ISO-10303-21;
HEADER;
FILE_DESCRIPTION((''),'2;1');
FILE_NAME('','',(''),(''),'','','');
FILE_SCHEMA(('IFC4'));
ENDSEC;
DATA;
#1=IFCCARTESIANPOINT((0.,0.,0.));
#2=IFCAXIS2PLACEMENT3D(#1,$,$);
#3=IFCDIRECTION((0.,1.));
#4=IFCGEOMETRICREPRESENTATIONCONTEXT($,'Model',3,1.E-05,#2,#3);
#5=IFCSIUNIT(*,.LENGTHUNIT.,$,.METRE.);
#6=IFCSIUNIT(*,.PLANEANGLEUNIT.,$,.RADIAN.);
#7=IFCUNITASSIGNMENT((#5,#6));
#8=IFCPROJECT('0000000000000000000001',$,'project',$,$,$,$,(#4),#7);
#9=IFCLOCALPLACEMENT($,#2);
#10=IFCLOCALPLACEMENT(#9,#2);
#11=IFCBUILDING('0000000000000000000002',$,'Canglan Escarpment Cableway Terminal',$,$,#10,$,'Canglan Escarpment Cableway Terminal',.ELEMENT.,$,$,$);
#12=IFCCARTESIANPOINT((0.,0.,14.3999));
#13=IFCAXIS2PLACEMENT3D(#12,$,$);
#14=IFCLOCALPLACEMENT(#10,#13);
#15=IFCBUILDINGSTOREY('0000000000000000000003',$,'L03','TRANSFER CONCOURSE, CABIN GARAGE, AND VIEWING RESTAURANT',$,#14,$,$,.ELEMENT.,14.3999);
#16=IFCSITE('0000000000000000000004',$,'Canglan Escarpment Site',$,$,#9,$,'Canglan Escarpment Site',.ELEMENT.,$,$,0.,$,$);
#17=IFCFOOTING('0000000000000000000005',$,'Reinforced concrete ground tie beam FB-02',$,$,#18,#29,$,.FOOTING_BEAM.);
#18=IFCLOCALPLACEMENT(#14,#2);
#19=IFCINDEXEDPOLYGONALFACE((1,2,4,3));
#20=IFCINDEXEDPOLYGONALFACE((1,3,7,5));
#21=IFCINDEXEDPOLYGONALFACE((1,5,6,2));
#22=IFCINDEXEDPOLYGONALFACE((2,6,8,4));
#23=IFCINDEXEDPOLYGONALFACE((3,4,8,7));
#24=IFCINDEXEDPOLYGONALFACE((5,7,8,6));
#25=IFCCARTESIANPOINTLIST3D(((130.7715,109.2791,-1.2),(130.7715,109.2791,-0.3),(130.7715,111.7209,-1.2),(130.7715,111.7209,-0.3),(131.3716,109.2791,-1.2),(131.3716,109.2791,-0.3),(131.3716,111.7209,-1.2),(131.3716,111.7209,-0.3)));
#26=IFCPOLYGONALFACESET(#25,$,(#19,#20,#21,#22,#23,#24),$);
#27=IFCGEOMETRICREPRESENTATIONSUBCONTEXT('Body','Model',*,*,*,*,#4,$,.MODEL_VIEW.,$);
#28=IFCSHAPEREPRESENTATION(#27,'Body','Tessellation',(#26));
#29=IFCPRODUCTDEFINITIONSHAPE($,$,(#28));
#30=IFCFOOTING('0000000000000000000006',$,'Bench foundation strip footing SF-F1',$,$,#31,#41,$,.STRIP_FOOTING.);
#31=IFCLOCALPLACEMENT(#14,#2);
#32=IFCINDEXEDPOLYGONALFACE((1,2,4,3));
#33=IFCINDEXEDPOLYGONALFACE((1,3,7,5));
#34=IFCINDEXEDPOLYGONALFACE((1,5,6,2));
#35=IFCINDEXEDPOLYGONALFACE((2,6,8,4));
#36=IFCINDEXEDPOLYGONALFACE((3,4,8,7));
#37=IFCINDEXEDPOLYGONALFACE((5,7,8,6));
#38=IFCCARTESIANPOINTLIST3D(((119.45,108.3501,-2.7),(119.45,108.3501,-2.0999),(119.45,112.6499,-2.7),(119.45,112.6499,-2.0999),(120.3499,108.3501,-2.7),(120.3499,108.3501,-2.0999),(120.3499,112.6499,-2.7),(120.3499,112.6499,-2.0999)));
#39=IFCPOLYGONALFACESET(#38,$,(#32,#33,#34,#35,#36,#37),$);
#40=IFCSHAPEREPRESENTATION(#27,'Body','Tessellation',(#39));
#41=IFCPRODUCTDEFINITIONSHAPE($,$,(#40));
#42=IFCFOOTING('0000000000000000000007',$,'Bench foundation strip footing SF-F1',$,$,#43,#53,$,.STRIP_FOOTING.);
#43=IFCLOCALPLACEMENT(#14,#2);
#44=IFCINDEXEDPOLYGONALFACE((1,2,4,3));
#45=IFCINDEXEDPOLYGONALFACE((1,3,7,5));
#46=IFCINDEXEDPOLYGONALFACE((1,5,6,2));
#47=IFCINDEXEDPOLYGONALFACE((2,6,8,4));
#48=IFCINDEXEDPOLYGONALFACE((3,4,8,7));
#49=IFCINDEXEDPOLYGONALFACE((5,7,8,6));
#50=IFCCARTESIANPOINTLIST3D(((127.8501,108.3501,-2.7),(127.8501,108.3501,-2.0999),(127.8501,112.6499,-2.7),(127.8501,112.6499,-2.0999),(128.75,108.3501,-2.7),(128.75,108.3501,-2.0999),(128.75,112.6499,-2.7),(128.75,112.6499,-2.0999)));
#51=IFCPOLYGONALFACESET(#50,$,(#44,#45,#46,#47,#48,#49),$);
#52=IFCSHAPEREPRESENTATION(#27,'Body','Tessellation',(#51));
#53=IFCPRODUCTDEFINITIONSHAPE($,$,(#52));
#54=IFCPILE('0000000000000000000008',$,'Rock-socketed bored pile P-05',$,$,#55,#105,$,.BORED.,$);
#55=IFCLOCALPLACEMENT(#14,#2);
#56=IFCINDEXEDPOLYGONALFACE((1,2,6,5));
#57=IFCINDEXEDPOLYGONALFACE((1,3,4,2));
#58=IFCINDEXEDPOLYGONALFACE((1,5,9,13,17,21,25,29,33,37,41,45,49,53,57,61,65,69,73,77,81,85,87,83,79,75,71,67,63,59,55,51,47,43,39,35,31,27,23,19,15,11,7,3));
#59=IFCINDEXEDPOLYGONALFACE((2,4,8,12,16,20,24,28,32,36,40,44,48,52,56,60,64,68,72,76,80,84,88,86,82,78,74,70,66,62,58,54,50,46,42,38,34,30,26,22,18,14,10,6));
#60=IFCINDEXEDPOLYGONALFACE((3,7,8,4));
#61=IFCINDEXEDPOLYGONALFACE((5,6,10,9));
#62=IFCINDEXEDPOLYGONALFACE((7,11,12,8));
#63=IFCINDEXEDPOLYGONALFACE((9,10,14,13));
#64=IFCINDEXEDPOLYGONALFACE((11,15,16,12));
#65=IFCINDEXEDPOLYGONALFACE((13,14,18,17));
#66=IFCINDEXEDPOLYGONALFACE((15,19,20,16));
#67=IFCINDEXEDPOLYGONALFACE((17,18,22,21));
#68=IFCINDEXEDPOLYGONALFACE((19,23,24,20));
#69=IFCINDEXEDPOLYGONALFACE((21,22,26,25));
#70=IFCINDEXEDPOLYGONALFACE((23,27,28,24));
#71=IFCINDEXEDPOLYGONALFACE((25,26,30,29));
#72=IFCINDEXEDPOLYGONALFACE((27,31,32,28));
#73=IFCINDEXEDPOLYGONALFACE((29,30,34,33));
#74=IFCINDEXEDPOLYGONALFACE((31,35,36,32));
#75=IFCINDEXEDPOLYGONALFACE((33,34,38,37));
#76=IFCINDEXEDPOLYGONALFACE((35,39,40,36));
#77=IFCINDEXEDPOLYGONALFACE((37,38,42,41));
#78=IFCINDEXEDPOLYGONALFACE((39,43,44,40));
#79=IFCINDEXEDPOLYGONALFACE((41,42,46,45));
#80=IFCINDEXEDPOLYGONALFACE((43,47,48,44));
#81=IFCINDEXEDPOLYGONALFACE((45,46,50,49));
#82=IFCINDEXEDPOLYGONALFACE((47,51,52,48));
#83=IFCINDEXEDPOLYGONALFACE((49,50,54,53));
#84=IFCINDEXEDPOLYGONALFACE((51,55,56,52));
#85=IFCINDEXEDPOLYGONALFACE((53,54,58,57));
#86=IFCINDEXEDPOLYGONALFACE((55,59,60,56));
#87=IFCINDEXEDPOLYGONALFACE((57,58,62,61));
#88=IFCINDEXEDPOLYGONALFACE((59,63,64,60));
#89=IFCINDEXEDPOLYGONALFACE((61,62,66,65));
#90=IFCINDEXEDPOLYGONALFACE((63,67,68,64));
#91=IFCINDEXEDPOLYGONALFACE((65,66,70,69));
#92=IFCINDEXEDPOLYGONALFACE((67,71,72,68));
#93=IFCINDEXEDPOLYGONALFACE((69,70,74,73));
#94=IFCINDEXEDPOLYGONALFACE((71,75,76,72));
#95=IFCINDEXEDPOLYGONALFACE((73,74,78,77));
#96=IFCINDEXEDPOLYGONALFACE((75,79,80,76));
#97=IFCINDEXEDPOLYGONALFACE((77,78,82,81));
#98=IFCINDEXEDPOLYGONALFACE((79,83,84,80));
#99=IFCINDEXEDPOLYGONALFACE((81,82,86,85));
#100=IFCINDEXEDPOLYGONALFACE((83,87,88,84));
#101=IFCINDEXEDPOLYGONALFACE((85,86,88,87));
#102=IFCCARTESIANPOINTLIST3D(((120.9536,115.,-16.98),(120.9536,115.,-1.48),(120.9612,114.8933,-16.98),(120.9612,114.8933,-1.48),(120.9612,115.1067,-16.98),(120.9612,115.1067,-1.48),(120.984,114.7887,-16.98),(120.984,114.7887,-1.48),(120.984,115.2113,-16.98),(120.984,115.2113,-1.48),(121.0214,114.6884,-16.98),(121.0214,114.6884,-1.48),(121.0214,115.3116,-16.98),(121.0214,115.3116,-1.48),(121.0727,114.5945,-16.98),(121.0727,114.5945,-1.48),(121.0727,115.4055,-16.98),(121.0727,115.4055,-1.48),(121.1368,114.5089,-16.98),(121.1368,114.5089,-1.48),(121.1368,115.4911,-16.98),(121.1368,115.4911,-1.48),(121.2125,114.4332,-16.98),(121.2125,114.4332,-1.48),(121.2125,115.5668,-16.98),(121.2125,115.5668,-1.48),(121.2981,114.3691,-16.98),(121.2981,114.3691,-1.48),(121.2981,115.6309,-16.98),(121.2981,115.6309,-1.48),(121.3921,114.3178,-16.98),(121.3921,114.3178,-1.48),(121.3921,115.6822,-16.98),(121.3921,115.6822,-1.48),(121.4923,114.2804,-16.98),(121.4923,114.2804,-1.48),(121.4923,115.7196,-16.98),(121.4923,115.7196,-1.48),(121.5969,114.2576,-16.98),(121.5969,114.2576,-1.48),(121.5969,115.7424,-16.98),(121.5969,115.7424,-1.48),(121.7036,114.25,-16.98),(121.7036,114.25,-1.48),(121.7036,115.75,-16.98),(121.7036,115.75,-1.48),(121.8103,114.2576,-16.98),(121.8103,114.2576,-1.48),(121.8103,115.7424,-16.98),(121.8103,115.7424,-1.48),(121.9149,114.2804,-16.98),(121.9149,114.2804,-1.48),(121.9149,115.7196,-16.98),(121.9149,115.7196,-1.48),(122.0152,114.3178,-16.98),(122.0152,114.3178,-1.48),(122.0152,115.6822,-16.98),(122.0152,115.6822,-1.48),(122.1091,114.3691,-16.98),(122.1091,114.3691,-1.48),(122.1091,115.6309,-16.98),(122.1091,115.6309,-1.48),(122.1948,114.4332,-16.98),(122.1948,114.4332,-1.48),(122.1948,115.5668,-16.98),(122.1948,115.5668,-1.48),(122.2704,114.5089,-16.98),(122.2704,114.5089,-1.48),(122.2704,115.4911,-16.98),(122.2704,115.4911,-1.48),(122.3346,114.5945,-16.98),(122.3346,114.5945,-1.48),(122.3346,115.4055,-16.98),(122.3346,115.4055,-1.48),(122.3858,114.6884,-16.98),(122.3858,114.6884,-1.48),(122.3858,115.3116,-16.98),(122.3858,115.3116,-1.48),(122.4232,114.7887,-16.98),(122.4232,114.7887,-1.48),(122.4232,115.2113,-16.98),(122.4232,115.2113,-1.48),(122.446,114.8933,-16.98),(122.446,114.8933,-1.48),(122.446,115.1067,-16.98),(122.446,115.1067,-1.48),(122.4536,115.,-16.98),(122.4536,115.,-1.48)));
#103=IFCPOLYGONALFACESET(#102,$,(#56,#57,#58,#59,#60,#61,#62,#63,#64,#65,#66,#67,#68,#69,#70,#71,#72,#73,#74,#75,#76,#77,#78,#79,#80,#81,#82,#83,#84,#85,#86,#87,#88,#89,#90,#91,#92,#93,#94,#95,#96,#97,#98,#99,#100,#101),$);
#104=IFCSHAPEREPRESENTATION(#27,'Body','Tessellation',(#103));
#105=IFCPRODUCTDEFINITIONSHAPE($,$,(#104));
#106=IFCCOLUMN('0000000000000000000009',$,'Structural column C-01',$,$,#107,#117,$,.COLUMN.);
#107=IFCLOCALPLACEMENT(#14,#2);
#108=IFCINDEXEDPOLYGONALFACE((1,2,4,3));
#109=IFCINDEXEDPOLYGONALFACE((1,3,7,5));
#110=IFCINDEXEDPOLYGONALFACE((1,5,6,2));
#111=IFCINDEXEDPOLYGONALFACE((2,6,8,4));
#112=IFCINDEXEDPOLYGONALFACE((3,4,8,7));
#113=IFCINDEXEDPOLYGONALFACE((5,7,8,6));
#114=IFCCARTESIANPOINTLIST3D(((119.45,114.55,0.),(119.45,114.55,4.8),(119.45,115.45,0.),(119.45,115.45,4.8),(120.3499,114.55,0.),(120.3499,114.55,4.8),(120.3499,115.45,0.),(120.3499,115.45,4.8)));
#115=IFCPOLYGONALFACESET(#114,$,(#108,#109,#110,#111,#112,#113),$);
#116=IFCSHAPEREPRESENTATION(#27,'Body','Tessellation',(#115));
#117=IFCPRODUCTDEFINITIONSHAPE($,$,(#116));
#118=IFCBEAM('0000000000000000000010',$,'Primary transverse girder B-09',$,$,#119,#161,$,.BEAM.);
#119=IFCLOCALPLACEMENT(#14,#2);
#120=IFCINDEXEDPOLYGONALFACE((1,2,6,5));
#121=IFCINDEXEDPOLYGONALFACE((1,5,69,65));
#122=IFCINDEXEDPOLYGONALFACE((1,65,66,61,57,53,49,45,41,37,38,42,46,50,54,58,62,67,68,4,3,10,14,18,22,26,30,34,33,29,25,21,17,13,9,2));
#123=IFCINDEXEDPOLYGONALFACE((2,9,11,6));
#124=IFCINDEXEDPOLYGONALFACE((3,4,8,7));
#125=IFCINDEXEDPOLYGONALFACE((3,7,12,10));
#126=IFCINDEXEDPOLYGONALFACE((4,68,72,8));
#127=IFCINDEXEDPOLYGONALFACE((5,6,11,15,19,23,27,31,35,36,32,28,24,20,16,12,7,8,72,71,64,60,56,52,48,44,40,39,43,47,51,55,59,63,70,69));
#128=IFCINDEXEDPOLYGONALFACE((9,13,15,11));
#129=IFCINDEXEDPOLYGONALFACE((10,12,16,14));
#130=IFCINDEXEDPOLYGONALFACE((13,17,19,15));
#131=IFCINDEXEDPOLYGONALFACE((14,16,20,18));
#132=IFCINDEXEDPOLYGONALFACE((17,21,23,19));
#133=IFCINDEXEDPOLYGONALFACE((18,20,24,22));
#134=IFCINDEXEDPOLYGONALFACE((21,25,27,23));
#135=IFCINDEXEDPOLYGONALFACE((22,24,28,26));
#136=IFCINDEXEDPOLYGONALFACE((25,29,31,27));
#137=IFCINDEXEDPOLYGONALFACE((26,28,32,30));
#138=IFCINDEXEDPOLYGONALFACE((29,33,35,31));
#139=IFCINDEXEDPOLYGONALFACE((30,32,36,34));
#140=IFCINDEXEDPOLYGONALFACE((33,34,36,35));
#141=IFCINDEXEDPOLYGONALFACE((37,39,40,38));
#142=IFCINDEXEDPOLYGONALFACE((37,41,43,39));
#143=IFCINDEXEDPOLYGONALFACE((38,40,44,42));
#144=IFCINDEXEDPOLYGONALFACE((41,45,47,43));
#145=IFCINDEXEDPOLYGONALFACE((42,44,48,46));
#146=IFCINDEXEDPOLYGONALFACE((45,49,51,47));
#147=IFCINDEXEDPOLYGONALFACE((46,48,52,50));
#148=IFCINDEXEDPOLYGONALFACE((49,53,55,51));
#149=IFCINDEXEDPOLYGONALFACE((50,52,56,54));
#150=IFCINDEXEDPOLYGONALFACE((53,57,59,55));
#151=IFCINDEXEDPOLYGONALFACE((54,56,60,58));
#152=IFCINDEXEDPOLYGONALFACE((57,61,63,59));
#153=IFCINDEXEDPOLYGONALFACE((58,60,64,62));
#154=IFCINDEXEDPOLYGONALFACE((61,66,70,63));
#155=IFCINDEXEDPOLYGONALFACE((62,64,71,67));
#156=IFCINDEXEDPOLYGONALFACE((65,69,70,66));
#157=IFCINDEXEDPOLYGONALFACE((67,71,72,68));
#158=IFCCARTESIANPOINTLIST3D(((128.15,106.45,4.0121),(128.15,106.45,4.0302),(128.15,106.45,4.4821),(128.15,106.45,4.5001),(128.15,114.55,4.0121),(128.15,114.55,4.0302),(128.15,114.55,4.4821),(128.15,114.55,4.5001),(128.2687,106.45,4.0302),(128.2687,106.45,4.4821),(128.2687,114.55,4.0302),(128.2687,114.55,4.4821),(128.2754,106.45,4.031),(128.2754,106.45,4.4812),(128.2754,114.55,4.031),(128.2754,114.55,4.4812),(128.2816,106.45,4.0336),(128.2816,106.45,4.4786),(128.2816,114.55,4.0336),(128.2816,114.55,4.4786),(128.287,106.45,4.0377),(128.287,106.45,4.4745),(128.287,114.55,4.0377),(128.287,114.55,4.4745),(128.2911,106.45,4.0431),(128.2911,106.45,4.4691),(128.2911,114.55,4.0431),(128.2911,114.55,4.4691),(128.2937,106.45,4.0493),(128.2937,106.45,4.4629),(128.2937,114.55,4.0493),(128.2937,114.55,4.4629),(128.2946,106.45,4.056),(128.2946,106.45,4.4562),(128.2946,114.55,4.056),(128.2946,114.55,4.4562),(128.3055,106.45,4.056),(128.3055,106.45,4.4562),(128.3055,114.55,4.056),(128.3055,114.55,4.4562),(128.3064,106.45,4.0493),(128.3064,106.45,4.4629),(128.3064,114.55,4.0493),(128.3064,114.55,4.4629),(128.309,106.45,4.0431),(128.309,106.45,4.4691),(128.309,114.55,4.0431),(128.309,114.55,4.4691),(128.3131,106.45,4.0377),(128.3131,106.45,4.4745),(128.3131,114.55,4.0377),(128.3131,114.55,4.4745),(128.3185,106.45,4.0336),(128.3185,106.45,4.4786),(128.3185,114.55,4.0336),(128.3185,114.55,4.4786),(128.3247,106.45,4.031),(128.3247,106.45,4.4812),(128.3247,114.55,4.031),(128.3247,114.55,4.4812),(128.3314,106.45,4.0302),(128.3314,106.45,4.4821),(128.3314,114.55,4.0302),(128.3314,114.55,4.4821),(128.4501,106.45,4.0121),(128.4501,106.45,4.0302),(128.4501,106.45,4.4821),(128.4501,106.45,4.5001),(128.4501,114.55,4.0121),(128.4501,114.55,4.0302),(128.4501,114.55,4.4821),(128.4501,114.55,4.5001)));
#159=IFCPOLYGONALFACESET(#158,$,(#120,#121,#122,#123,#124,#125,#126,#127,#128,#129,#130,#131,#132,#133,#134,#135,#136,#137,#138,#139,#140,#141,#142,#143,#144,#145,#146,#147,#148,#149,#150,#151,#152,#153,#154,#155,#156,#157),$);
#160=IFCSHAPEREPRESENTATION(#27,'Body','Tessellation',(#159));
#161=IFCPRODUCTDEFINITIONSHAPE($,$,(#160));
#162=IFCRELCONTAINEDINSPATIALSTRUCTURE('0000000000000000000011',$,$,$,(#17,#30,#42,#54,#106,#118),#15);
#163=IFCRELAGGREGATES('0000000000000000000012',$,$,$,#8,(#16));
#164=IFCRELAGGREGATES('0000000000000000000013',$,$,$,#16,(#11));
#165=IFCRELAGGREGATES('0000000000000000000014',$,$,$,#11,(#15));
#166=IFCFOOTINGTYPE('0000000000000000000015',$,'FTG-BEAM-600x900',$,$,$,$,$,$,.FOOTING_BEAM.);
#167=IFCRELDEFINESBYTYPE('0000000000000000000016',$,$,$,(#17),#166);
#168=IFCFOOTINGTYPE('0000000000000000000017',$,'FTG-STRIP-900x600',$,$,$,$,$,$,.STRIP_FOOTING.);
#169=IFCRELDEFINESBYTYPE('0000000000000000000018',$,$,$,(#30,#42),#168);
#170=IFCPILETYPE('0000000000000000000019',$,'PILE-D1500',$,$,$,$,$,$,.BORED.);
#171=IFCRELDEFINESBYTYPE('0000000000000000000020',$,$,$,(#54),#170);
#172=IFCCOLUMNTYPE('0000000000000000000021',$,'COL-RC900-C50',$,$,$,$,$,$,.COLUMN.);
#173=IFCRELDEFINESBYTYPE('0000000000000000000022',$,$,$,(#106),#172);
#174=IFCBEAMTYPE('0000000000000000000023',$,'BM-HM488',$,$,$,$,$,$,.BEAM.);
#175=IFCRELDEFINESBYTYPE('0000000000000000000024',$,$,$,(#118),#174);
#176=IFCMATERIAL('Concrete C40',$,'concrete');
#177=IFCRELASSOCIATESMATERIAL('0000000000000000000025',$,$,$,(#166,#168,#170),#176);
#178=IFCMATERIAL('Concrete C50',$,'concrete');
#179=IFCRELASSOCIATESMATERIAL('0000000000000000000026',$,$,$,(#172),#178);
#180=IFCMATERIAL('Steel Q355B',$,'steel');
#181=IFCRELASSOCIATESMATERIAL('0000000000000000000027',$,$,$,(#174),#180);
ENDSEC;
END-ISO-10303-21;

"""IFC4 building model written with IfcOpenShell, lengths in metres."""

from ifc_helpers import new_model, si_unit, direction, frame, origin, origin_2d, place, context, subcontext, project, spatial, rectangle, circle, i_section, extrude, material, material_profile, profile_set, type_object, element, save


model = new_model("IFC4")

# Units and contexts
model_context = context("Model", 3, precision=1e-05, world=origin(), true_north=direction((0.0, 1.0)))
body_context = subcontext(model_context, "Body", "Model", "MODEL_VIEW")
ifc_project = project(units=[si_unit("LENGTHUNIT", "METRE"), si_unit("PLANEANGLEUNIT", "RADIAN")], contexts=[model_context])

# Site, building, storey
site_placement = place(None, origin())
site = spatial("IfcSite", under=ifc_project, at=site_placement, Name="Canglan Escarpment Site", LongName="Canglan Escarpment Site", CompositionType="ELEMENT", RefElevation=0.0)
building_placement = place(site_placement, origin())
building = spatial("IfcBuilding", under=site, at=building_placement, Name="Canglan Escarpment Cableway Terminal", LongName="Canglan Escarpment Cableway Terminal", CompositionType="ELEMENT")
storey_placement = place(building_placement, frame((0.0, 0.0, 14.3999)))
storey = spatial("IfcBuildingStorey", under=building, at=storey_placement, Name="L03", Description="TRANSFER CONCOURSE, CABIN GARAGE, AND VIEWING RESTAURANT", CompositionType="ELEMENT", Elevation=14.3999)

# Footings
ifc_material_1 = material(Name="Concrete C40", Category="concrete")
ifc_material_profile_1 = material_profile(ifc_material_1, rectangle(XDim=0.6001, YDim=0.8999, at=origin_2d()), Name="FB 600x900")
ifc_profile_set_1 = profile_set([ifc_material_profile_1], Name="Concrete C40")
footing_type_1 = type_object("IfcFootingType", Name="FTG-BEAM-600x900", PredefinedType="FOOTING_BEAM", material=ifc_profile_set_1)
footing_placement = place(storey_placement, frame((131.0715, 109.2791, -0.75), z_axis=(0.0, 1.0, 0.0), x_axis=(-1.0, 0.0, 0.0)))
element("IfcFooting", 1, at=footing_placement, inside=storey, type_object=footing_type_1, Name="Reinforced concrete ground tie beam FB-02", PredefinedType="FOOTING_BEAM", context=body_context, shape_type="SweptSolid", body=[
    extrude(rectangle(XDim=0.6001, YDim=0.8999, at=origin_2d()), origin(), (0.0, 0.0, 1.0), 2.4419),
])
ifc_material_profile_2 = material_profile(ifc_material_1, rectangle(XDim=0.8999, YDim=0.6001, at=origin_2d()), Name="SF 900x600")
ifc_profile_set_2 = profile_set([ifc_material_profile_2], Name="Concrete C40")
footing_type_2 = type_object("IfcFootingType", Name="FTG-STRIP-900x600", PredefinedType="STRIP_FOOTING", material=ifc_profile_set_2)
for number, where, z_axis, x_axis, name in (
    (2, (119.8999, 108.3501, -2.3999), (0.0, 1.0, 0.0), (-1.0, 0.0, 0.0), "Bench foundation strip footing SF-F1"),
    (3, (128.3, 108.3501, -2.3999), (0.0, 1.0, 0.0), (-1.0, 0.0, 0.0), "Bench foundation strip footing SF-F1"),
):
    element("IfcFooting", number, at=place(storey_placement, frame(where, z_axis=z_axis, x_axis=x_axis)), inside=storey, type_object=footing_type_2, Name=name, PredefinedType="STRIP_FOOTING", context=body_context, shape_type="SweptSolid", body=[
        extrude(rectangle(XDim=0.8999, YDim=0.6001, at=origin_2d()), origin(), (0.0, 0.0, 1.0), 4.2998),
    ])

# Pile
ifc_material_profile_3 = material_profile(ifc_material_1, circle(Radius=0.75, at=origin_2d()), Name="BORED PILE D1500")
ifc_profile_set_3 = profile_set([ifc_material_profile_3], Name="Concrete C40")
pile_type = type_object("IfcPileType", Name="PILE-D1500", PredefinedType="BORED", material=ifc_profile_set_3)
pile_placement = place(storey_placement, frame((121.7036, 115.0, -1.48), z_axis=(0.0, 0.0, -1.0), x_axis=(1.0, 0.0, 0.0)))
element("IfcPile", 4, at=pile_placement, inside=storey, type_object=pile_type, Name="Rock-socketed bored pile P-05", PredefinedType="BORED", context=body_context, shape_type="SweptSolid", body=[
    extrude(circle(Radius=0.75, at=origin_2d()), origin(), (0.0, 0.0, 1.0), 15.5),
])

# Column
ifc_material_2 = material(Name="Concrete C50", Category="concrete")
ifc_material_profile_4 = material_profile(ifc_material_2, rectangle(XDim=0.8999, YDim=0.8999, at=origin_2d()), Name="RC 900x900")
ifc_profile_set_4 = profile_set([ifc_material_profile_4], Name="Concrete C50")
column_type = type_object("IfcColumnType", Name="COL-RC900-C50", PredefinedType="COLUMN", material=ifc_profile_set_4)
column_placement = place(storey_placement, frame((119.8999, 115.0, 0.0), z_axis=(0.0, 0.0, 1.0), x_axis=(1.0, 0.0, 0.0)))
element("IfcColumn", 5, at=column_placement, inside=storey, type_object=column_type, Name="Structural column C-01", PredefinedType="COLUMN", context=body_context, shape_type="SweptSolid", body=[
    extrude(rectangle(XDim=0.8999, YDim=0.8999, at=origin_2d()), origin(), (0.0, 0.0, 1.0), 4.8),
])

# Beam
ifc_material_3 = material(Name="Steel Q355B", Category="steel")
ifc_material_profile_5 = material_profile(ifc_material_3, i_section(OverallWidth=0.3, OverallDepth=0.488, WebThickness=0.011, FlangeThickness=0.0181, FilletRadius=0.0259, at=origin_2d()), Name="HM 488x300x11x18")
ifc_profile_set_5 = profile_set([ifc_material_profile_5], Name="Steel Q355B")
beam_type_1 = type_object("IfcBeamType", Name="BM-HM488", PredefinedType="BEAM", material=ifc_profile_set_5)
beam_1_placement = place(storey_placement, frame((128.3, 106.45, 4.2561), z_axis=(0.0, 1.0, 0.0), x_axis=(-1.0, 0.0, 0.0)))
element("IfcBeam", 6, at=beam_1_placement, inside=storey, type_object=beam_type_1, Name="Primary transverse girder B-09", PredefinedType="BEAM", context=body_context, shape_type="SweptSolid", body=[
    extrude(i_section(OverallWidth=0.3, OverallDepth=0.488, WebThickness=0.011, FlangeThickness=0.0181, FilletRadius=0.0259, at=origin_2d()), origin(), (0.0, 0.0, 1.0), 8.1001),
])

save(model, "model.ifc")
